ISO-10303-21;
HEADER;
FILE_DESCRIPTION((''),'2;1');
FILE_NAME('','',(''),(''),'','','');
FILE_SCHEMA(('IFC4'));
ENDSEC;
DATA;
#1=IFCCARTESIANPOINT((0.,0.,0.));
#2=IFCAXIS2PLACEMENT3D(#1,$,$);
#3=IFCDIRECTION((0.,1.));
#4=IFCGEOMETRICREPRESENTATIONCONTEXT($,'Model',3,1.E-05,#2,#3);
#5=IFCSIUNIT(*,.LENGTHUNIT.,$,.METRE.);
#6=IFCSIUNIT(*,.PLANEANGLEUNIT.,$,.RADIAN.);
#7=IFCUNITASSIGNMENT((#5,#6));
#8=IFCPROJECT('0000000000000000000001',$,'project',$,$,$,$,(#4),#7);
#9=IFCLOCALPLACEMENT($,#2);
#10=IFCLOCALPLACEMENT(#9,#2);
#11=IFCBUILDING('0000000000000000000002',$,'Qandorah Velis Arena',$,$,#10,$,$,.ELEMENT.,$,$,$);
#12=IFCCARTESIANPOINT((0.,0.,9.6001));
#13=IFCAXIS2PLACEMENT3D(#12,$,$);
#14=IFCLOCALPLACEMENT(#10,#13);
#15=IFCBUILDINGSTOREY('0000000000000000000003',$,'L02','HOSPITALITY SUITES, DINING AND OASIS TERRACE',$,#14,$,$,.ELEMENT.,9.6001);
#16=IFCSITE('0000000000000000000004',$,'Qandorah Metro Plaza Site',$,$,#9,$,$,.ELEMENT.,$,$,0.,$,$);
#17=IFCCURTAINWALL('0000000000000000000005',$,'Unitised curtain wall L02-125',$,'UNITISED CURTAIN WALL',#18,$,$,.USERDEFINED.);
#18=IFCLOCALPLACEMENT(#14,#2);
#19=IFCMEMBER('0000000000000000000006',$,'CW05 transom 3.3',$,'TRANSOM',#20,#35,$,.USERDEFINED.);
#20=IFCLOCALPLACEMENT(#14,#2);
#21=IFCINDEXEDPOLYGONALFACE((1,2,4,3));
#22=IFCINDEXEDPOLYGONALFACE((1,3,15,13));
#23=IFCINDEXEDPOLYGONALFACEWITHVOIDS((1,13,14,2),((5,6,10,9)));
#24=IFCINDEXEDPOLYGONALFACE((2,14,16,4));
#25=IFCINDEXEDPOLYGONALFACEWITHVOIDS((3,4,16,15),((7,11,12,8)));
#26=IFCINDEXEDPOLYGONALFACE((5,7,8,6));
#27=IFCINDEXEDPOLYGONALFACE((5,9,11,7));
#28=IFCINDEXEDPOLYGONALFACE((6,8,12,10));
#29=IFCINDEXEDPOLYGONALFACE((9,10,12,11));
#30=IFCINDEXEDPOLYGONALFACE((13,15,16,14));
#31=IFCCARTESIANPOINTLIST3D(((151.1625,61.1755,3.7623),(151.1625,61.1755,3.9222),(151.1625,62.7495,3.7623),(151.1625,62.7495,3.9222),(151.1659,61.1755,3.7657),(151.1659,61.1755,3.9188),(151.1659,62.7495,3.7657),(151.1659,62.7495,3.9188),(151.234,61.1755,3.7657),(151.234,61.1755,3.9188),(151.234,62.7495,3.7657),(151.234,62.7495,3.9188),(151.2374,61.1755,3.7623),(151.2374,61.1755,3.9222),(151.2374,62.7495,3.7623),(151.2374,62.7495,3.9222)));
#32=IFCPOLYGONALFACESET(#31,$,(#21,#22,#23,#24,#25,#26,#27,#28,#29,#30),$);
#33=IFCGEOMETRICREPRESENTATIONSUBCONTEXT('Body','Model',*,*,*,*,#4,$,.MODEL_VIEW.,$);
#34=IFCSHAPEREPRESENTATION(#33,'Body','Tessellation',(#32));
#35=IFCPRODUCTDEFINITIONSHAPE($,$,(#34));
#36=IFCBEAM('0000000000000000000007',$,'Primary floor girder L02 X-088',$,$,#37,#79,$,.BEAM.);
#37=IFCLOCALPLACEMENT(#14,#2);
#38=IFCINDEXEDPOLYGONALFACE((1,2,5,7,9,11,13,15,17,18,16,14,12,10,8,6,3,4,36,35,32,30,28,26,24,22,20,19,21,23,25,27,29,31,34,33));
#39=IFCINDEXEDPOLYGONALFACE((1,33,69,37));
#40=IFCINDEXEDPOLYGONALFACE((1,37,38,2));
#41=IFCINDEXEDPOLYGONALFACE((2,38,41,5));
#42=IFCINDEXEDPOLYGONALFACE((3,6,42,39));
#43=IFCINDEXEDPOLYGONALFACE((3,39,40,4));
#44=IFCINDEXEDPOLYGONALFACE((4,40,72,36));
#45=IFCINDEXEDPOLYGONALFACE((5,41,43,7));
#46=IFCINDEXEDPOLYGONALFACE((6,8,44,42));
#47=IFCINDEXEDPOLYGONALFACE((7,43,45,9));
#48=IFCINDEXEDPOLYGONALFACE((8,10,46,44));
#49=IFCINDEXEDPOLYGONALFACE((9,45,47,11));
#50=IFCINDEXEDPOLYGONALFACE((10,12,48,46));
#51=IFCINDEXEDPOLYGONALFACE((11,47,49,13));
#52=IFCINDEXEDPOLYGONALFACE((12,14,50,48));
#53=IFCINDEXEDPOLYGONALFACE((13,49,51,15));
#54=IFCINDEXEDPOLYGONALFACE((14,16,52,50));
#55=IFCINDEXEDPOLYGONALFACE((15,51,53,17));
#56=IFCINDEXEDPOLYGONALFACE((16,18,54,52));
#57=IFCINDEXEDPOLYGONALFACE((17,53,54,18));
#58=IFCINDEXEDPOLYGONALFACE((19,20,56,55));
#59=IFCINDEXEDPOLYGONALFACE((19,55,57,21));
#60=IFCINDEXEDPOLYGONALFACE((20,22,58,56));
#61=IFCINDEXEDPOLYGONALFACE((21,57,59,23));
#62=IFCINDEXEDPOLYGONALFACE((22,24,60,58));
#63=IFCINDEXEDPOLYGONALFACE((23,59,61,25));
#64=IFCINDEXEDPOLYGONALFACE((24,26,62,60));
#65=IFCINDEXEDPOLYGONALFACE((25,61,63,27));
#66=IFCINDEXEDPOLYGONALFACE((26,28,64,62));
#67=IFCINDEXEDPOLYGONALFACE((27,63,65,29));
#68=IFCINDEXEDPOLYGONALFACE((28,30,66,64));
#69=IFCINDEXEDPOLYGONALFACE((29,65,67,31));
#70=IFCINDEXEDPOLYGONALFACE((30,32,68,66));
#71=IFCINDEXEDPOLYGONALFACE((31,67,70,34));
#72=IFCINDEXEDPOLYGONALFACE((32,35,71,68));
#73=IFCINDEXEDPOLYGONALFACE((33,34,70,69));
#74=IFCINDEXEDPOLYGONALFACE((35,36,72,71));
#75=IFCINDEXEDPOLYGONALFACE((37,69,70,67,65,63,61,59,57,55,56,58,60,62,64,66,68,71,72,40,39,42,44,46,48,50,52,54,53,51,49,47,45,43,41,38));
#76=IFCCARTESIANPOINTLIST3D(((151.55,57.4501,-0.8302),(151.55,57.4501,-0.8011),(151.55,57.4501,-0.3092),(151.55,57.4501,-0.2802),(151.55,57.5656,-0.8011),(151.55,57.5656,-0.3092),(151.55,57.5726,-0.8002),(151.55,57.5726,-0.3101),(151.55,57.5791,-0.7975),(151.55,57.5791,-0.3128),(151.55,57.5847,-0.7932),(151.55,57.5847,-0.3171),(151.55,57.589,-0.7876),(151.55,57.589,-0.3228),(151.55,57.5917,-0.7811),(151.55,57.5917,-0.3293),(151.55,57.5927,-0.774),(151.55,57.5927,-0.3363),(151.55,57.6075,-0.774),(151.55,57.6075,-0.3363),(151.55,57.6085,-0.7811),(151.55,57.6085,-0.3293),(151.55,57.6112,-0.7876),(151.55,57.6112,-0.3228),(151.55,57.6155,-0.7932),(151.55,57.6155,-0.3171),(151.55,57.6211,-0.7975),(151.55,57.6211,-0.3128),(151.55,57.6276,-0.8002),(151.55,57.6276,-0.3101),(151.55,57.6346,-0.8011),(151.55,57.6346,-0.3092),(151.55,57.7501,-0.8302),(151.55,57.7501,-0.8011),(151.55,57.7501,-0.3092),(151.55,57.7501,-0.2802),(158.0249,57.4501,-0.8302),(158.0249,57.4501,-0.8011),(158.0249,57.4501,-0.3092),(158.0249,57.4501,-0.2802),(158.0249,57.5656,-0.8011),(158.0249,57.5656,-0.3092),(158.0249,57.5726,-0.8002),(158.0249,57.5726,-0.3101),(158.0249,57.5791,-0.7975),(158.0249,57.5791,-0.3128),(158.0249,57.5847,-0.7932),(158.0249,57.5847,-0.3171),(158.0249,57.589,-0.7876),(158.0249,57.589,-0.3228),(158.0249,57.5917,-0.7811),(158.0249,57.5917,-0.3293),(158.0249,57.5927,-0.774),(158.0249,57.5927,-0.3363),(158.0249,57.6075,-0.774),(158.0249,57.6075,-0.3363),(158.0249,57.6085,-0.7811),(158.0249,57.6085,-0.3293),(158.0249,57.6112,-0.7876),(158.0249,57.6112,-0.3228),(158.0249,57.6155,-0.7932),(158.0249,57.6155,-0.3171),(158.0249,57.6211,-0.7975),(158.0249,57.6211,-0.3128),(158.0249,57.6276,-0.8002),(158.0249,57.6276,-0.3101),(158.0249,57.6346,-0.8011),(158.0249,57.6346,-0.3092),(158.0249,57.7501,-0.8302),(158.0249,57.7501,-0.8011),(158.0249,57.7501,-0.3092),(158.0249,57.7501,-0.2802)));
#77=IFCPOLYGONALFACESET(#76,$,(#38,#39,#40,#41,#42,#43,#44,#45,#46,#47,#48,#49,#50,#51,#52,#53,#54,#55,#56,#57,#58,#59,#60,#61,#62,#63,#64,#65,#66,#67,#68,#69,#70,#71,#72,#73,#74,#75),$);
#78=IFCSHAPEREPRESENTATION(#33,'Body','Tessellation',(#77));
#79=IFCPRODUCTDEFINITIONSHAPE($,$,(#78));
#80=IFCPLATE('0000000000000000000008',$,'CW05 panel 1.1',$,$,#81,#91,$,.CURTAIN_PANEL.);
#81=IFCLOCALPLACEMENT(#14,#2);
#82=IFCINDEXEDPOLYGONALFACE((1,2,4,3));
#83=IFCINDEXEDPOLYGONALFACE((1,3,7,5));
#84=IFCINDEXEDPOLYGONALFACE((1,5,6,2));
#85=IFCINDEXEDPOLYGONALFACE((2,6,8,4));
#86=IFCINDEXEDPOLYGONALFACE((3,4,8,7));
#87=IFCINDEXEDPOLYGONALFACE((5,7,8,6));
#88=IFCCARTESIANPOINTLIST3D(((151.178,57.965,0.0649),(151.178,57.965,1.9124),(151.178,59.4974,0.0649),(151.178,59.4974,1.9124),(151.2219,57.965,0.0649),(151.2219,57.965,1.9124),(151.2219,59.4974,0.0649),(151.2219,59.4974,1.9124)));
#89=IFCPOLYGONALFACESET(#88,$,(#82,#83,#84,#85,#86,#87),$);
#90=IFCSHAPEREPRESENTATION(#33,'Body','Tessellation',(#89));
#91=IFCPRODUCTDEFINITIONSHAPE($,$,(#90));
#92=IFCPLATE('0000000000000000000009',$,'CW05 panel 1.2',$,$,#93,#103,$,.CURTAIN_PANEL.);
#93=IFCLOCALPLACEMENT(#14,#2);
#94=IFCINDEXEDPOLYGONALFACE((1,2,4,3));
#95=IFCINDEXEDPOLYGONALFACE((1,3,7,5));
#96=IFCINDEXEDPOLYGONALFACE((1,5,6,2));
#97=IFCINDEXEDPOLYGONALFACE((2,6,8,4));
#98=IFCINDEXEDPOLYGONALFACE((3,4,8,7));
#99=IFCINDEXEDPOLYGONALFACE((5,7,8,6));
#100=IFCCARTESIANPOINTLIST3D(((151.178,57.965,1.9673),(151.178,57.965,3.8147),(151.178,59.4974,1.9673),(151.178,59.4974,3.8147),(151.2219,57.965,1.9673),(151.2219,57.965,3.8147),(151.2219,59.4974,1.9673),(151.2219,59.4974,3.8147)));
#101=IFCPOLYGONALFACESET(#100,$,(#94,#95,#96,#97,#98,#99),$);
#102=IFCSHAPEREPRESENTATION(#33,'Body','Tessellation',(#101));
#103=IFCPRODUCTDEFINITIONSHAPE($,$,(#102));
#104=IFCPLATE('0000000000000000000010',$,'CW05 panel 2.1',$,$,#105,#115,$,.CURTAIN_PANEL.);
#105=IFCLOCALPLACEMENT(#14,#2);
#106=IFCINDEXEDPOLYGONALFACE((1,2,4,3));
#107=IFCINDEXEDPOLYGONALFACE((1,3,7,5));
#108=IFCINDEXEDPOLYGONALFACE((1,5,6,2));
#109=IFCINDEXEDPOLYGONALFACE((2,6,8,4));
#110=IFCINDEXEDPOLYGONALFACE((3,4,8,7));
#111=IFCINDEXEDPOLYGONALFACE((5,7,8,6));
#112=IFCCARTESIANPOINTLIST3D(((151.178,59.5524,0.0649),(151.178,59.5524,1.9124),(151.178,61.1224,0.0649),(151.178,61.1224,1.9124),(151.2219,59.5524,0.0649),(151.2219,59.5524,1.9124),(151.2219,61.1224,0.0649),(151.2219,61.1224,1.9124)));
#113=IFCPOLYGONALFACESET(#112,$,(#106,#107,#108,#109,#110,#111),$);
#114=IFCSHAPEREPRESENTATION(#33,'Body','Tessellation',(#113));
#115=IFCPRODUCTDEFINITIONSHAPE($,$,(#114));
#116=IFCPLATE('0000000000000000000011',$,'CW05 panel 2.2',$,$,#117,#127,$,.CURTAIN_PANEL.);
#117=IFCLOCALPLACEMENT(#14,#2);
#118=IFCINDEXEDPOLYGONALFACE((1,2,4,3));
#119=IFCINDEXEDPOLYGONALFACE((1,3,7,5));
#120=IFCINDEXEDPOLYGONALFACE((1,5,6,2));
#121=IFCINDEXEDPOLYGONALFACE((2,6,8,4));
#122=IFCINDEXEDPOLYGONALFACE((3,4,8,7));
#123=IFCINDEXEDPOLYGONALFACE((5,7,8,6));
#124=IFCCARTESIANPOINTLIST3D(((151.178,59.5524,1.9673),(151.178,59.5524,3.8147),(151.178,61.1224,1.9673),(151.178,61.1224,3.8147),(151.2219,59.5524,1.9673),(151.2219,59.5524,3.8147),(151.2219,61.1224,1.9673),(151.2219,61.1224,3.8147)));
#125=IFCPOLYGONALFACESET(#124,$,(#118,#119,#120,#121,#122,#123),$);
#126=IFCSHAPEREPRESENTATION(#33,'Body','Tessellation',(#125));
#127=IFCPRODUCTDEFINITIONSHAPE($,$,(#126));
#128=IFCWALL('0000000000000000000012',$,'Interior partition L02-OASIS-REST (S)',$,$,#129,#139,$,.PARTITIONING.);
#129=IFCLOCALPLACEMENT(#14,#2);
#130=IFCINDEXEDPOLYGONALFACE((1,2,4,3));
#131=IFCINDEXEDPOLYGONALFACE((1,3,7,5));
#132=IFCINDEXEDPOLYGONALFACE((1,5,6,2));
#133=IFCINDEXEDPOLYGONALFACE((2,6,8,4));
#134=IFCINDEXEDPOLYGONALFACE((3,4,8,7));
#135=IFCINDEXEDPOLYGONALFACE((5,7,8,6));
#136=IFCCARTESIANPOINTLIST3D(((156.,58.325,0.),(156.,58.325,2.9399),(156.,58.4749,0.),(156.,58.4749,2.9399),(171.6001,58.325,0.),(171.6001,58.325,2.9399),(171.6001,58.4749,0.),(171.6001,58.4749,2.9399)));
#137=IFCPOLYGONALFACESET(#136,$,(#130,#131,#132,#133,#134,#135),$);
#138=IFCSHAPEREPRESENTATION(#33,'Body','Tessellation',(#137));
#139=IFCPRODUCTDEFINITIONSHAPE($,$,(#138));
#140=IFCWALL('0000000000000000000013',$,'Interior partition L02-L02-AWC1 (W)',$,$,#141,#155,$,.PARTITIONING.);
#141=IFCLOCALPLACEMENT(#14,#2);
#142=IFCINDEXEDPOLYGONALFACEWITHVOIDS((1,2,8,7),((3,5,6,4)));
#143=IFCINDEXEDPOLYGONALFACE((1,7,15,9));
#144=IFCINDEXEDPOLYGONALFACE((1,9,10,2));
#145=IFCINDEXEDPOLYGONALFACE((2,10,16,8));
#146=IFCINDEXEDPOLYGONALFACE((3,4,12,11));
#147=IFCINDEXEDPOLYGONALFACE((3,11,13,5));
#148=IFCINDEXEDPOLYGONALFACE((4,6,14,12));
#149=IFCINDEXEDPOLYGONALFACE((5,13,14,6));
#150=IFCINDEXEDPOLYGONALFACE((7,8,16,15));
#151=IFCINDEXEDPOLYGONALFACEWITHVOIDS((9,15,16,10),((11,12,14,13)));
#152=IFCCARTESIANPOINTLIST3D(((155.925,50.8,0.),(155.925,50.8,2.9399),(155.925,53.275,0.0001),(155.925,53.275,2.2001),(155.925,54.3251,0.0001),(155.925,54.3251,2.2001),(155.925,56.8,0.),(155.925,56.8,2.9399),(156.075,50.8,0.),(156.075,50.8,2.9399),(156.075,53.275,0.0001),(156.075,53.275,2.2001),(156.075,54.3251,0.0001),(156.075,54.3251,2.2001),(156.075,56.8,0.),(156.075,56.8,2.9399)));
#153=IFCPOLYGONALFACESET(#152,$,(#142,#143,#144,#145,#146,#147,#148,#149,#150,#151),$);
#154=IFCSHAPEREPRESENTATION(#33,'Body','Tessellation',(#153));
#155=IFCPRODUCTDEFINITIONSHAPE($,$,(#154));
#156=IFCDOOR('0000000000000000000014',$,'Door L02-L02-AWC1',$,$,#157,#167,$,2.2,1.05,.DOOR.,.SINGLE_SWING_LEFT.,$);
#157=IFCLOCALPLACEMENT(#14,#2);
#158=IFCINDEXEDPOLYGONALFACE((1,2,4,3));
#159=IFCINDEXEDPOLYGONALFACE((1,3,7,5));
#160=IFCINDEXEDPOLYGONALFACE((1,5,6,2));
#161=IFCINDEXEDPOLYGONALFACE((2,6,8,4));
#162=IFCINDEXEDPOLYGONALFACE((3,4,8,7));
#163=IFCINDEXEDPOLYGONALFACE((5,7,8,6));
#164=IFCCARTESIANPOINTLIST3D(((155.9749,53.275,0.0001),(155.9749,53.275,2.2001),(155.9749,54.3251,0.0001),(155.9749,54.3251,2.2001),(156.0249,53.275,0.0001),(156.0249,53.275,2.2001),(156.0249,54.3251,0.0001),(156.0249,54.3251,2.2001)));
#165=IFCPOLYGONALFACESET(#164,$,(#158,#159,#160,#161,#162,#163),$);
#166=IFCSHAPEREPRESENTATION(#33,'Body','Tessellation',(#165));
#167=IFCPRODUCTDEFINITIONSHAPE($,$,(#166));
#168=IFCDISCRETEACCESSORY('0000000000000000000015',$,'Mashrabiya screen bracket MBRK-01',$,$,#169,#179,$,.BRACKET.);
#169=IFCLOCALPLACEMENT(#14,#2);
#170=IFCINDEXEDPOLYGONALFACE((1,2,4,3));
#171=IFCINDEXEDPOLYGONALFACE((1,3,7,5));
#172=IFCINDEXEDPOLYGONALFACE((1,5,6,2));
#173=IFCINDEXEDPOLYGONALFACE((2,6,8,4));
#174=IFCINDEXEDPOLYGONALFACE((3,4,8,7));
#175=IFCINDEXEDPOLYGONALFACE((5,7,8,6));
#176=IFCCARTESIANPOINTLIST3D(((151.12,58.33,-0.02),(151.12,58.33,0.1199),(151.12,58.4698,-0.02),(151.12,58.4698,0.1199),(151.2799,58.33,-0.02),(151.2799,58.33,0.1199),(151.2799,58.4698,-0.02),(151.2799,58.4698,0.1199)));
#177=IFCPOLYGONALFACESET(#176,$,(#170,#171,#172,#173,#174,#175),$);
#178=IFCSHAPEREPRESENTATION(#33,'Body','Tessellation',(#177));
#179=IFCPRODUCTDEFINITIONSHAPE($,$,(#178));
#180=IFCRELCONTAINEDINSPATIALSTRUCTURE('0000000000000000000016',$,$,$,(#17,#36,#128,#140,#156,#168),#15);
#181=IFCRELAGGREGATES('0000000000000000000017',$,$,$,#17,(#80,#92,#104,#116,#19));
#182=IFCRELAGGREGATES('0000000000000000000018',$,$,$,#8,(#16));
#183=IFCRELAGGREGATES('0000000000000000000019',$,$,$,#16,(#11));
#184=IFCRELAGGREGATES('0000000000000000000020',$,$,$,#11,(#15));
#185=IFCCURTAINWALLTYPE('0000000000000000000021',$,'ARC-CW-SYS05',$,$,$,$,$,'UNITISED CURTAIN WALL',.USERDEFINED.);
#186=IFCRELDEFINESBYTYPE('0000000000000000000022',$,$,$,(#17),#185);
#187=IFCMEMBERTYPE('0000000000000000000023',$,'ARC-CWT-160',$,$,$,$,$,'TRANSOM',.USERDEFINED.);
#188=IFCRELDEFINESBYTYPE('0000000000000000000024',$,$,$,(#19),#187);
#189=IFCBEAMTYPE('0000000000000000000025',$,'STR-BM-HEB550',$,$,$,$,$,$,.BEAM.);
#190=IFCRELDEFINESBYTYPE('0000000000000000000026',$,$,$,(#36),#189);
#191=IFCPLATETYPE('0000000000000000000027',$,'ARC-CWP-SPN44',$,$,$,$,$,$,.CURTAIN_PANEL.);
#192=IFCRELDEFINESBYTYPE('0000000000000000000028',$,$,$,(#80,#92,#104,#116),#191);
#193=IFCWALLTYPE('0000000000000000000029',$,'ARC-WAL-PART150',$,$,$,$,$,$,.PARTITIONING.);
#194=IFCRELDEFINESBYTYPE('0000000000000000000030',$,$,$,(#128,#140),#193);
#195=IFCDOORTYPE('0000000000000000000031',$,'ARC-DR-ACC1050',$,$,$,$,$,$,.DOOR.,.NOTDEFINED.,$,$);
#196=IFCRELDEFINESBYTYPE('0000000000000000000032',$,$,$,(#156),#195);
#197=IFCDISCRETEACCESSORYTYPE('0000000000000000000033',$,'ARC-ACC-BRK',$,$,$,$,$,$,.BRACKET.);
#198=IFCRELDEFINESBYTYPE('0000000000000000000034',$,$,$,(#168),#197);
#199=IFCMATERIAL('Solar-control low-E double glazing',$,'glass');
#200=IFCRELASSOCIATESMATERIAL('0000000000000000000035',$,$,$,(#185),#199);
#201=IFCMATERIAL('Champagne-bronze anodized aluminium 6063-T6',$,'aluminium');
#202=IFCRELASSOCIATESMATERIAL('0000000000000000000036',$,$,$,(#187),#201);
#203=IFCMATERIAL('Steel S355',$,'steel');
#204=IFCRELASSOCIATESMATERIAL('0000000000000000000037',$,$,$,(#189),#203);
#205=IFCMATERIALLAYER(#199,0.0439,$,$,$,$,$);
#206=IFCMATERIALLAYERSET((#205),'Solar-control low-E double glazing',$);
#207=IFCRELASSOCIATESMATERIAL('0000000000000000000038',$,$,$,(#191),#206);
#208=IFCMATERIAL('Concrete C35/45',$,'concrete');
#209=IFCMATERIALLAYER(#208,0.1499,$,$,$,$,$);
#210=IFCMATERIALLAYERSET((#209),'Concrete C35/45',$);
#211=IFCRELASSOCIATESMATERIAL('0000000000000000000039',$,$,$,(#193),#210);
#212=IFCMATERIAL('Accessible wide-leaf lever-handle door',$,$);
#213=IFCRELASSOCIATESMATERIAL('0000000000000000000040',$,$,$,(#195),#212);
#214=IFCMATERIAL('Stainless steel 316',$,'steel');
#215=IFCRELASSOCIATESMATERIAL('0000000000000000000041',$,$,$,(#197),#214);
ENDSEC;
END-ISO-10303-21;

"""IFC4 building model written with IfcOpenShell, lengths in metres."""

from ifc_helpers import new_model, si_unit, direction, frame, frame_2d, origin, origin_2d, place, context, subcontext, project, spatial, rectangle, hollow_rectangle, i_section, extrude, material, layer, layer_set, material_profile, profile_set, type_object, element, fill, aggregate, save


model = new_model("IFC4")

# Units and contexts
model_context = context("Model", 3, precision=1e-05, world=origin(), true_north=direction((0.0, 1.0)))
body_context = subcontext(model_context, "Body", "Model", "MODEL_VIEW")
ifc_project = project(units=[si_unit("LENGTHUNIT", "METRE"), si_unit("PLANEANGLEUNIT", "RADIAN")], contexts=[model_context])

# Site, building, storey
site_placement = place(None, origin())
site = spatial("IfcSite", under=ifc_project, at=site_placement, Name="Qandorah Metro Plaza Site", CompositionType="ELEMENT", RefElevation=0.0)
building_placement = place(site_placement, origin())
building = spatial("IfcBuilding", under=site, at=building_placement, Name="Qandorah Velis Arena", CompositionType="ELEMENT")
storey_placement = place(building_placement, frame((0.0, 0.0, 9.6001)))
storey = spatial("IfcBuildingStorey", under=building, at=storey_placement, Name="L02", Description="HOSPITALITY SUITES, DINING AND OASIS TERRACE", CompositionType="ELEMENT", Elevation=9.6001)

# Shared definitions
ifc_material_1 = material(Name="Steel S355", Category="steel")

# Curtain wall, member
ifc_material_2 = material(Name="Solar-control low-E double glazing", Category="glass")
curtain_wall_type = type_object("IfcCurtainWallType", Name="ARC-CW-SYS05", ElementType="UNITISED CURTAIN WALL", PredefinedType="USERDEFINED", material=ifc_material_2)
curtain_wall_placement = place(storey_placement, origin())
curtain_wall = element("IfcCurtainWall", 1, at=curtain_wall_placement, inside=storey, type_object=curtain_wall_type, Name="Unitised curtain wall L02-125", ObjectType="UNITISED CURTAIN WALL", PredefinedType="USERDEFINED")
ifc_material_3 = material(Name="Champagne-bronze anodized aluminium 6063-T6", Category="aluminium")
ifc_material_profile_1 = material_profile(ifc_material_3, hollow_rectangle(XDim=0.075, YDim=0.1599, WallThickness=0.0034, at=origin_2d()), Name="ALU TRANSOM 75x160")
ifc_profile_set_1 = profile_set([ifc_material_profile_1], Name="Champagne-bronze anodized aluminium 6063-T6")
member_type_1 = type_object("IfcMemberType", Name="ARC-CWT-160", ElementType="TRANSOM", PredefinedType="USERDEFINED", material=ifc_profile_set_1)
member_1_placement = place(storey_placement, frame((151.2, 61.1755, 3.8423), z_axis=(0.0, 1.0, 0.0), x_axis=(-1.0, 0.0, 0.0)))
member_1 = element("IfcMember", 2, at=member_1_placement, type_object=member_type_1, Name="CW05 transom 3.3", ObjectType="TRANSOM", PredefinedType="USERDEFINED", context=body_context, shape_type="SweptSolid", body=[
    extrude(hollow_rectangle(XDim=0.075, YDim=0.1599, WallThickness=0.0034, at=origin_2d()), origin(), (0.0, 0.0, 1.0), 1.574),
])

# Beam
ifc_material_profile_2 = material_profile(ifc_material_1, i_section(OverallWidth=0.3, OverallDepth=0.55, WebThickness=0.0149, FlangeThickness=0.0291, FilletRadius=0.0271, at=origin_2d()), Name="HEB 550")
ifc_profile_set_2 = profile_set([ifc_material_profile_2], Name="Steel S355")
beam_type = type_object("IfcBeamType", Name="STR-BM-HEB550", PredefinedType="BEAM", material=ifc_profile_set_2)
beam_placement = place(storey_placement, frame((151.55, 57.6001, -0.5552), z_axis=(1.0, 0.0, 0.0), x_axis=(0.0, 1.0, 0.0)))
element("IfcBeam", 3, at=beam_placement, inside=storey, type_object=beam_type, Name="Primary floor girder L02 X-088", PredefinedType="BEAM", context=body_context, shape_type="SweptSolid", body=[
    extrude(i_section(OverallWidth=0.3, OverallDepth=0.55, WebThickness=0.0149, FlangeThickness=0.0291, FilletRadius=0.0271, at=origin_2d()), origin(), (0.0, 0.0, 1.0), 6.4749),
])

# Plates
ifc_layer_1 = layer(ifc_material_2, 0.0439)
ifc_layer_set_1 = layer_set([ifc_layer_1], Name="Solar-control low-E double glazing")
plate_type = type_object("IfcPlateType", Name="ARC-CWP-SPN44", PredefinedType="CURTAIN_PANEL", material=ifc_layer_set_1)
plate_1_placement = place(storey_placement, frame((151.2, 58.7312, 0.0649), z_axis=(0.0, 0.0, 1.0), x_axis=(0.0, 1.0, 0.0)))
plate_1 = element("IfcPlate", 4, at=plate_1_placement, type_object=plate_type, Name="CW05 panel 1.1", PredefinedType="CURTAIN_PANEL", context=body_context, shape_type="SweptSolid", body=[
    extrude(rectangle(XDim=1.5325, YDim=0.0439, at=origin_2d()), origin(), (0.0, 0.0, 1.0), 1.8474),
])
plate_2_placement = place(storey_placement, frame((151.2, 58.7312, 1.9673), z_axis=(0.0, 0.0, 1.0), x_axis=(0.0, 1.0, 0.0)))
plate_2 = element("IfcPlate", 5, at=plate_2_placement, type_object=plate_type, Name="CW05 panel 1.2", PredefinedType="CURTAIN_PANEL", context=body_context, shape_type="SweptSolid", body=[
    extrude(rectangle(XDim=1.5325, YDim=0.0439, at=origin_2d()), origin(), (0.0, 0.0, 1.0), 1.8474),
])
plate_3_placement = place(storey_placement, frame((151.2, 60.3374, 0.0649), z_axis=(0.0, 0.0, 1.0), x_axis=(0.0, 1.0, 0.0)))
plate_3 = element("IfcPlate", 6, at=plate_3_placement, type_object=plate_type, Name="CW05 panel 2.1", PredefinedType="CURTAIN_PANEL", context=body_context, shape_type="SweptSolid", body=[
    extrude(rectangle(XDim=1.5701, YDim=0.0439, at=origin_2d()), origin(), (0.0, 0.0, 1.0), 1.8474),
])
plate_4_placement = place(storey_placement, frame((151.2, 60.3374, 1.9673), z_axis=(0.0, 0.0, 1.0), x_axis=(0.0, 1.0, 0.0)))
plate_4 = element("IfcPlate", 7, at=plate_4_placement, type_object=plate_type, Name="CW05 panel 2.2", PredefinedType="CURTAIN_PANEL", context=body_context, shape_type="SweptSolid", body=[
    extrude(rectangle(XDim=1.5701, YDim=0.0439, at=origin_2d()), origin(), (0.0, 0.0, 1.0), 1.8474),
])
aggregate(curtain_wall, [plate_1, plate_2, plate_3, plate_4, member_1])

# Wall
ifc_material_4 = material(Name="Concrete C35/45", Category="concrete")
ifc_layer_2 = layer(ifc_material_4, 0.1499)
ifc_layer_set_2 = layer_set([ifc_layer_2], Name="Concrete C35/45")
wall_type = type_object("IfcWallType", Name="ARC-WAL-PART150", PredefinedType="PARTITIONING", material=ifc_layer_set_2)
wall_1_placement = place(storey_placement, frame((156.0, 58.3999, 0.0), z_axis=(0.0, 0.0, 1.0), x_axis=(1.0, 0.0, 0.0)))
element("IfcWall", 8, at=wall_1_placement, inside=storey, type_object=wall_type, Name="Interior partition L02-OASIS-REST (S)", PredefinedType="PARTITIONING", context=body_context, shape_type="SweptSolid", body=[
    extrude(rectangle(XDim=15.6001, YDim=0.1499, at=frame_2d((7.8, 0.0))), origin(), (0.0, 0.0, 1.0), 2.9399),
])

# Wall, opening, door
wall_2_placement = place(storey_placement, frame((156.0, 56.8, 0.0), z_axis=(0.0, 0.0, 1.0), x_axis=(0.0, -1.0, 0.0)))
wall_2 = element("IfcWall", 9, at=wall_2_placement, inside=storey, type_object=wall_type, Name="Interior partition L02-L02-AWC1 (W)", PredefinedType="PARTITIONING", context=body_context, shape_type="SweptSolid", body=[
    extrude(rectangle(XDim=6.0, YDim=0.1499, at=frame_2d((3.0, 0.0))), origin(), (0.0, 0.0, 1.0), 2.9399),
])
opening_placement = place(wall_2_placement, frame((2.4751, 0.0, 0.0)))
opening = element("IfcOpeningElement", 10, at=opening_placement, cuts=wall_2, PredefinedType="OPENING", context=body_context, shape_type="SweptSolid", body=[
    extrude(rectangle(XDim=1.05, YDim=2.2, at=frame_2d((0.5249, 1.1001))), frame((0.0, 0.085, 0.0), z_axis=(0.0, -1.0, 0.0), x_axis=(1.0, 0.0, 0.0)), (0.0, 0.0, 1.0), 0.1699),
])
ifc_material_5 = material(Name="Accessible wide-leaf lever-handle door")
door_type = type_object("IfcDoorType", Name="ARC-DR-ACC1050", OperationType="NOTDEFINED", PredefinedType="DOOR", material=ifc_material_5)
door_placement = place(opening_placement, origin())
door = element("IfcDoor", 11, at=door_placement, inside=storey, type_object=door_type, Name="Door L02-L02-AWC1", OperationType="SINGLE_SWING_LEFT", OverallHeight=2.2, OverallWidth=1.05, PredefinedType="DOOR", context=body_context, shape_type="SweptSolid", body=[
    extrude(rectangle(XDim=1.05, YDim=2.2, at=frame_2d((0.5249, 1.1001))), frame((0.0, 0.0249, 0.0), z_axis=(0.0, -1.0, 0.0), x_axis=(1.0, 0.0, 0.0)), (0.0, 0.0, 1.0), 0.05),
])
fill(opening, door)

# Discrete accessory
ifc_material_6 = material(Name="Stainless steel 316", Category="steel")
discrete_accessory_type = type_object("IfcDiscreteAccessoryType", Name="ARC-ACC-BRK", PredefinedType="BRACKET", material=ifc_material_6)
discrete_accessory_placement = place(storey_placement, frame((151.2, 58.3999, -0.02), z_axis=(0.0, 0.0, 1.0), x_axis=(1.0, 0.0, 0.0)))
element("IfcDiscreteAccessory", 12, at=discrete_accessory_placement, inside=storey, type_object=discrete_accessory_type, Name="Mashrabiya screen bracket MBRK-01", PredefinedType="BRACKET", context=body_context, shape_type="SweptSolid", body=[
    extrude(rectangle(XDim=0.1599, YDim=0.1399, at=origin_2d()), origin(), (0.0, 0.0, 1.0), 0.1399),
])

save(model, "model.ifc")
